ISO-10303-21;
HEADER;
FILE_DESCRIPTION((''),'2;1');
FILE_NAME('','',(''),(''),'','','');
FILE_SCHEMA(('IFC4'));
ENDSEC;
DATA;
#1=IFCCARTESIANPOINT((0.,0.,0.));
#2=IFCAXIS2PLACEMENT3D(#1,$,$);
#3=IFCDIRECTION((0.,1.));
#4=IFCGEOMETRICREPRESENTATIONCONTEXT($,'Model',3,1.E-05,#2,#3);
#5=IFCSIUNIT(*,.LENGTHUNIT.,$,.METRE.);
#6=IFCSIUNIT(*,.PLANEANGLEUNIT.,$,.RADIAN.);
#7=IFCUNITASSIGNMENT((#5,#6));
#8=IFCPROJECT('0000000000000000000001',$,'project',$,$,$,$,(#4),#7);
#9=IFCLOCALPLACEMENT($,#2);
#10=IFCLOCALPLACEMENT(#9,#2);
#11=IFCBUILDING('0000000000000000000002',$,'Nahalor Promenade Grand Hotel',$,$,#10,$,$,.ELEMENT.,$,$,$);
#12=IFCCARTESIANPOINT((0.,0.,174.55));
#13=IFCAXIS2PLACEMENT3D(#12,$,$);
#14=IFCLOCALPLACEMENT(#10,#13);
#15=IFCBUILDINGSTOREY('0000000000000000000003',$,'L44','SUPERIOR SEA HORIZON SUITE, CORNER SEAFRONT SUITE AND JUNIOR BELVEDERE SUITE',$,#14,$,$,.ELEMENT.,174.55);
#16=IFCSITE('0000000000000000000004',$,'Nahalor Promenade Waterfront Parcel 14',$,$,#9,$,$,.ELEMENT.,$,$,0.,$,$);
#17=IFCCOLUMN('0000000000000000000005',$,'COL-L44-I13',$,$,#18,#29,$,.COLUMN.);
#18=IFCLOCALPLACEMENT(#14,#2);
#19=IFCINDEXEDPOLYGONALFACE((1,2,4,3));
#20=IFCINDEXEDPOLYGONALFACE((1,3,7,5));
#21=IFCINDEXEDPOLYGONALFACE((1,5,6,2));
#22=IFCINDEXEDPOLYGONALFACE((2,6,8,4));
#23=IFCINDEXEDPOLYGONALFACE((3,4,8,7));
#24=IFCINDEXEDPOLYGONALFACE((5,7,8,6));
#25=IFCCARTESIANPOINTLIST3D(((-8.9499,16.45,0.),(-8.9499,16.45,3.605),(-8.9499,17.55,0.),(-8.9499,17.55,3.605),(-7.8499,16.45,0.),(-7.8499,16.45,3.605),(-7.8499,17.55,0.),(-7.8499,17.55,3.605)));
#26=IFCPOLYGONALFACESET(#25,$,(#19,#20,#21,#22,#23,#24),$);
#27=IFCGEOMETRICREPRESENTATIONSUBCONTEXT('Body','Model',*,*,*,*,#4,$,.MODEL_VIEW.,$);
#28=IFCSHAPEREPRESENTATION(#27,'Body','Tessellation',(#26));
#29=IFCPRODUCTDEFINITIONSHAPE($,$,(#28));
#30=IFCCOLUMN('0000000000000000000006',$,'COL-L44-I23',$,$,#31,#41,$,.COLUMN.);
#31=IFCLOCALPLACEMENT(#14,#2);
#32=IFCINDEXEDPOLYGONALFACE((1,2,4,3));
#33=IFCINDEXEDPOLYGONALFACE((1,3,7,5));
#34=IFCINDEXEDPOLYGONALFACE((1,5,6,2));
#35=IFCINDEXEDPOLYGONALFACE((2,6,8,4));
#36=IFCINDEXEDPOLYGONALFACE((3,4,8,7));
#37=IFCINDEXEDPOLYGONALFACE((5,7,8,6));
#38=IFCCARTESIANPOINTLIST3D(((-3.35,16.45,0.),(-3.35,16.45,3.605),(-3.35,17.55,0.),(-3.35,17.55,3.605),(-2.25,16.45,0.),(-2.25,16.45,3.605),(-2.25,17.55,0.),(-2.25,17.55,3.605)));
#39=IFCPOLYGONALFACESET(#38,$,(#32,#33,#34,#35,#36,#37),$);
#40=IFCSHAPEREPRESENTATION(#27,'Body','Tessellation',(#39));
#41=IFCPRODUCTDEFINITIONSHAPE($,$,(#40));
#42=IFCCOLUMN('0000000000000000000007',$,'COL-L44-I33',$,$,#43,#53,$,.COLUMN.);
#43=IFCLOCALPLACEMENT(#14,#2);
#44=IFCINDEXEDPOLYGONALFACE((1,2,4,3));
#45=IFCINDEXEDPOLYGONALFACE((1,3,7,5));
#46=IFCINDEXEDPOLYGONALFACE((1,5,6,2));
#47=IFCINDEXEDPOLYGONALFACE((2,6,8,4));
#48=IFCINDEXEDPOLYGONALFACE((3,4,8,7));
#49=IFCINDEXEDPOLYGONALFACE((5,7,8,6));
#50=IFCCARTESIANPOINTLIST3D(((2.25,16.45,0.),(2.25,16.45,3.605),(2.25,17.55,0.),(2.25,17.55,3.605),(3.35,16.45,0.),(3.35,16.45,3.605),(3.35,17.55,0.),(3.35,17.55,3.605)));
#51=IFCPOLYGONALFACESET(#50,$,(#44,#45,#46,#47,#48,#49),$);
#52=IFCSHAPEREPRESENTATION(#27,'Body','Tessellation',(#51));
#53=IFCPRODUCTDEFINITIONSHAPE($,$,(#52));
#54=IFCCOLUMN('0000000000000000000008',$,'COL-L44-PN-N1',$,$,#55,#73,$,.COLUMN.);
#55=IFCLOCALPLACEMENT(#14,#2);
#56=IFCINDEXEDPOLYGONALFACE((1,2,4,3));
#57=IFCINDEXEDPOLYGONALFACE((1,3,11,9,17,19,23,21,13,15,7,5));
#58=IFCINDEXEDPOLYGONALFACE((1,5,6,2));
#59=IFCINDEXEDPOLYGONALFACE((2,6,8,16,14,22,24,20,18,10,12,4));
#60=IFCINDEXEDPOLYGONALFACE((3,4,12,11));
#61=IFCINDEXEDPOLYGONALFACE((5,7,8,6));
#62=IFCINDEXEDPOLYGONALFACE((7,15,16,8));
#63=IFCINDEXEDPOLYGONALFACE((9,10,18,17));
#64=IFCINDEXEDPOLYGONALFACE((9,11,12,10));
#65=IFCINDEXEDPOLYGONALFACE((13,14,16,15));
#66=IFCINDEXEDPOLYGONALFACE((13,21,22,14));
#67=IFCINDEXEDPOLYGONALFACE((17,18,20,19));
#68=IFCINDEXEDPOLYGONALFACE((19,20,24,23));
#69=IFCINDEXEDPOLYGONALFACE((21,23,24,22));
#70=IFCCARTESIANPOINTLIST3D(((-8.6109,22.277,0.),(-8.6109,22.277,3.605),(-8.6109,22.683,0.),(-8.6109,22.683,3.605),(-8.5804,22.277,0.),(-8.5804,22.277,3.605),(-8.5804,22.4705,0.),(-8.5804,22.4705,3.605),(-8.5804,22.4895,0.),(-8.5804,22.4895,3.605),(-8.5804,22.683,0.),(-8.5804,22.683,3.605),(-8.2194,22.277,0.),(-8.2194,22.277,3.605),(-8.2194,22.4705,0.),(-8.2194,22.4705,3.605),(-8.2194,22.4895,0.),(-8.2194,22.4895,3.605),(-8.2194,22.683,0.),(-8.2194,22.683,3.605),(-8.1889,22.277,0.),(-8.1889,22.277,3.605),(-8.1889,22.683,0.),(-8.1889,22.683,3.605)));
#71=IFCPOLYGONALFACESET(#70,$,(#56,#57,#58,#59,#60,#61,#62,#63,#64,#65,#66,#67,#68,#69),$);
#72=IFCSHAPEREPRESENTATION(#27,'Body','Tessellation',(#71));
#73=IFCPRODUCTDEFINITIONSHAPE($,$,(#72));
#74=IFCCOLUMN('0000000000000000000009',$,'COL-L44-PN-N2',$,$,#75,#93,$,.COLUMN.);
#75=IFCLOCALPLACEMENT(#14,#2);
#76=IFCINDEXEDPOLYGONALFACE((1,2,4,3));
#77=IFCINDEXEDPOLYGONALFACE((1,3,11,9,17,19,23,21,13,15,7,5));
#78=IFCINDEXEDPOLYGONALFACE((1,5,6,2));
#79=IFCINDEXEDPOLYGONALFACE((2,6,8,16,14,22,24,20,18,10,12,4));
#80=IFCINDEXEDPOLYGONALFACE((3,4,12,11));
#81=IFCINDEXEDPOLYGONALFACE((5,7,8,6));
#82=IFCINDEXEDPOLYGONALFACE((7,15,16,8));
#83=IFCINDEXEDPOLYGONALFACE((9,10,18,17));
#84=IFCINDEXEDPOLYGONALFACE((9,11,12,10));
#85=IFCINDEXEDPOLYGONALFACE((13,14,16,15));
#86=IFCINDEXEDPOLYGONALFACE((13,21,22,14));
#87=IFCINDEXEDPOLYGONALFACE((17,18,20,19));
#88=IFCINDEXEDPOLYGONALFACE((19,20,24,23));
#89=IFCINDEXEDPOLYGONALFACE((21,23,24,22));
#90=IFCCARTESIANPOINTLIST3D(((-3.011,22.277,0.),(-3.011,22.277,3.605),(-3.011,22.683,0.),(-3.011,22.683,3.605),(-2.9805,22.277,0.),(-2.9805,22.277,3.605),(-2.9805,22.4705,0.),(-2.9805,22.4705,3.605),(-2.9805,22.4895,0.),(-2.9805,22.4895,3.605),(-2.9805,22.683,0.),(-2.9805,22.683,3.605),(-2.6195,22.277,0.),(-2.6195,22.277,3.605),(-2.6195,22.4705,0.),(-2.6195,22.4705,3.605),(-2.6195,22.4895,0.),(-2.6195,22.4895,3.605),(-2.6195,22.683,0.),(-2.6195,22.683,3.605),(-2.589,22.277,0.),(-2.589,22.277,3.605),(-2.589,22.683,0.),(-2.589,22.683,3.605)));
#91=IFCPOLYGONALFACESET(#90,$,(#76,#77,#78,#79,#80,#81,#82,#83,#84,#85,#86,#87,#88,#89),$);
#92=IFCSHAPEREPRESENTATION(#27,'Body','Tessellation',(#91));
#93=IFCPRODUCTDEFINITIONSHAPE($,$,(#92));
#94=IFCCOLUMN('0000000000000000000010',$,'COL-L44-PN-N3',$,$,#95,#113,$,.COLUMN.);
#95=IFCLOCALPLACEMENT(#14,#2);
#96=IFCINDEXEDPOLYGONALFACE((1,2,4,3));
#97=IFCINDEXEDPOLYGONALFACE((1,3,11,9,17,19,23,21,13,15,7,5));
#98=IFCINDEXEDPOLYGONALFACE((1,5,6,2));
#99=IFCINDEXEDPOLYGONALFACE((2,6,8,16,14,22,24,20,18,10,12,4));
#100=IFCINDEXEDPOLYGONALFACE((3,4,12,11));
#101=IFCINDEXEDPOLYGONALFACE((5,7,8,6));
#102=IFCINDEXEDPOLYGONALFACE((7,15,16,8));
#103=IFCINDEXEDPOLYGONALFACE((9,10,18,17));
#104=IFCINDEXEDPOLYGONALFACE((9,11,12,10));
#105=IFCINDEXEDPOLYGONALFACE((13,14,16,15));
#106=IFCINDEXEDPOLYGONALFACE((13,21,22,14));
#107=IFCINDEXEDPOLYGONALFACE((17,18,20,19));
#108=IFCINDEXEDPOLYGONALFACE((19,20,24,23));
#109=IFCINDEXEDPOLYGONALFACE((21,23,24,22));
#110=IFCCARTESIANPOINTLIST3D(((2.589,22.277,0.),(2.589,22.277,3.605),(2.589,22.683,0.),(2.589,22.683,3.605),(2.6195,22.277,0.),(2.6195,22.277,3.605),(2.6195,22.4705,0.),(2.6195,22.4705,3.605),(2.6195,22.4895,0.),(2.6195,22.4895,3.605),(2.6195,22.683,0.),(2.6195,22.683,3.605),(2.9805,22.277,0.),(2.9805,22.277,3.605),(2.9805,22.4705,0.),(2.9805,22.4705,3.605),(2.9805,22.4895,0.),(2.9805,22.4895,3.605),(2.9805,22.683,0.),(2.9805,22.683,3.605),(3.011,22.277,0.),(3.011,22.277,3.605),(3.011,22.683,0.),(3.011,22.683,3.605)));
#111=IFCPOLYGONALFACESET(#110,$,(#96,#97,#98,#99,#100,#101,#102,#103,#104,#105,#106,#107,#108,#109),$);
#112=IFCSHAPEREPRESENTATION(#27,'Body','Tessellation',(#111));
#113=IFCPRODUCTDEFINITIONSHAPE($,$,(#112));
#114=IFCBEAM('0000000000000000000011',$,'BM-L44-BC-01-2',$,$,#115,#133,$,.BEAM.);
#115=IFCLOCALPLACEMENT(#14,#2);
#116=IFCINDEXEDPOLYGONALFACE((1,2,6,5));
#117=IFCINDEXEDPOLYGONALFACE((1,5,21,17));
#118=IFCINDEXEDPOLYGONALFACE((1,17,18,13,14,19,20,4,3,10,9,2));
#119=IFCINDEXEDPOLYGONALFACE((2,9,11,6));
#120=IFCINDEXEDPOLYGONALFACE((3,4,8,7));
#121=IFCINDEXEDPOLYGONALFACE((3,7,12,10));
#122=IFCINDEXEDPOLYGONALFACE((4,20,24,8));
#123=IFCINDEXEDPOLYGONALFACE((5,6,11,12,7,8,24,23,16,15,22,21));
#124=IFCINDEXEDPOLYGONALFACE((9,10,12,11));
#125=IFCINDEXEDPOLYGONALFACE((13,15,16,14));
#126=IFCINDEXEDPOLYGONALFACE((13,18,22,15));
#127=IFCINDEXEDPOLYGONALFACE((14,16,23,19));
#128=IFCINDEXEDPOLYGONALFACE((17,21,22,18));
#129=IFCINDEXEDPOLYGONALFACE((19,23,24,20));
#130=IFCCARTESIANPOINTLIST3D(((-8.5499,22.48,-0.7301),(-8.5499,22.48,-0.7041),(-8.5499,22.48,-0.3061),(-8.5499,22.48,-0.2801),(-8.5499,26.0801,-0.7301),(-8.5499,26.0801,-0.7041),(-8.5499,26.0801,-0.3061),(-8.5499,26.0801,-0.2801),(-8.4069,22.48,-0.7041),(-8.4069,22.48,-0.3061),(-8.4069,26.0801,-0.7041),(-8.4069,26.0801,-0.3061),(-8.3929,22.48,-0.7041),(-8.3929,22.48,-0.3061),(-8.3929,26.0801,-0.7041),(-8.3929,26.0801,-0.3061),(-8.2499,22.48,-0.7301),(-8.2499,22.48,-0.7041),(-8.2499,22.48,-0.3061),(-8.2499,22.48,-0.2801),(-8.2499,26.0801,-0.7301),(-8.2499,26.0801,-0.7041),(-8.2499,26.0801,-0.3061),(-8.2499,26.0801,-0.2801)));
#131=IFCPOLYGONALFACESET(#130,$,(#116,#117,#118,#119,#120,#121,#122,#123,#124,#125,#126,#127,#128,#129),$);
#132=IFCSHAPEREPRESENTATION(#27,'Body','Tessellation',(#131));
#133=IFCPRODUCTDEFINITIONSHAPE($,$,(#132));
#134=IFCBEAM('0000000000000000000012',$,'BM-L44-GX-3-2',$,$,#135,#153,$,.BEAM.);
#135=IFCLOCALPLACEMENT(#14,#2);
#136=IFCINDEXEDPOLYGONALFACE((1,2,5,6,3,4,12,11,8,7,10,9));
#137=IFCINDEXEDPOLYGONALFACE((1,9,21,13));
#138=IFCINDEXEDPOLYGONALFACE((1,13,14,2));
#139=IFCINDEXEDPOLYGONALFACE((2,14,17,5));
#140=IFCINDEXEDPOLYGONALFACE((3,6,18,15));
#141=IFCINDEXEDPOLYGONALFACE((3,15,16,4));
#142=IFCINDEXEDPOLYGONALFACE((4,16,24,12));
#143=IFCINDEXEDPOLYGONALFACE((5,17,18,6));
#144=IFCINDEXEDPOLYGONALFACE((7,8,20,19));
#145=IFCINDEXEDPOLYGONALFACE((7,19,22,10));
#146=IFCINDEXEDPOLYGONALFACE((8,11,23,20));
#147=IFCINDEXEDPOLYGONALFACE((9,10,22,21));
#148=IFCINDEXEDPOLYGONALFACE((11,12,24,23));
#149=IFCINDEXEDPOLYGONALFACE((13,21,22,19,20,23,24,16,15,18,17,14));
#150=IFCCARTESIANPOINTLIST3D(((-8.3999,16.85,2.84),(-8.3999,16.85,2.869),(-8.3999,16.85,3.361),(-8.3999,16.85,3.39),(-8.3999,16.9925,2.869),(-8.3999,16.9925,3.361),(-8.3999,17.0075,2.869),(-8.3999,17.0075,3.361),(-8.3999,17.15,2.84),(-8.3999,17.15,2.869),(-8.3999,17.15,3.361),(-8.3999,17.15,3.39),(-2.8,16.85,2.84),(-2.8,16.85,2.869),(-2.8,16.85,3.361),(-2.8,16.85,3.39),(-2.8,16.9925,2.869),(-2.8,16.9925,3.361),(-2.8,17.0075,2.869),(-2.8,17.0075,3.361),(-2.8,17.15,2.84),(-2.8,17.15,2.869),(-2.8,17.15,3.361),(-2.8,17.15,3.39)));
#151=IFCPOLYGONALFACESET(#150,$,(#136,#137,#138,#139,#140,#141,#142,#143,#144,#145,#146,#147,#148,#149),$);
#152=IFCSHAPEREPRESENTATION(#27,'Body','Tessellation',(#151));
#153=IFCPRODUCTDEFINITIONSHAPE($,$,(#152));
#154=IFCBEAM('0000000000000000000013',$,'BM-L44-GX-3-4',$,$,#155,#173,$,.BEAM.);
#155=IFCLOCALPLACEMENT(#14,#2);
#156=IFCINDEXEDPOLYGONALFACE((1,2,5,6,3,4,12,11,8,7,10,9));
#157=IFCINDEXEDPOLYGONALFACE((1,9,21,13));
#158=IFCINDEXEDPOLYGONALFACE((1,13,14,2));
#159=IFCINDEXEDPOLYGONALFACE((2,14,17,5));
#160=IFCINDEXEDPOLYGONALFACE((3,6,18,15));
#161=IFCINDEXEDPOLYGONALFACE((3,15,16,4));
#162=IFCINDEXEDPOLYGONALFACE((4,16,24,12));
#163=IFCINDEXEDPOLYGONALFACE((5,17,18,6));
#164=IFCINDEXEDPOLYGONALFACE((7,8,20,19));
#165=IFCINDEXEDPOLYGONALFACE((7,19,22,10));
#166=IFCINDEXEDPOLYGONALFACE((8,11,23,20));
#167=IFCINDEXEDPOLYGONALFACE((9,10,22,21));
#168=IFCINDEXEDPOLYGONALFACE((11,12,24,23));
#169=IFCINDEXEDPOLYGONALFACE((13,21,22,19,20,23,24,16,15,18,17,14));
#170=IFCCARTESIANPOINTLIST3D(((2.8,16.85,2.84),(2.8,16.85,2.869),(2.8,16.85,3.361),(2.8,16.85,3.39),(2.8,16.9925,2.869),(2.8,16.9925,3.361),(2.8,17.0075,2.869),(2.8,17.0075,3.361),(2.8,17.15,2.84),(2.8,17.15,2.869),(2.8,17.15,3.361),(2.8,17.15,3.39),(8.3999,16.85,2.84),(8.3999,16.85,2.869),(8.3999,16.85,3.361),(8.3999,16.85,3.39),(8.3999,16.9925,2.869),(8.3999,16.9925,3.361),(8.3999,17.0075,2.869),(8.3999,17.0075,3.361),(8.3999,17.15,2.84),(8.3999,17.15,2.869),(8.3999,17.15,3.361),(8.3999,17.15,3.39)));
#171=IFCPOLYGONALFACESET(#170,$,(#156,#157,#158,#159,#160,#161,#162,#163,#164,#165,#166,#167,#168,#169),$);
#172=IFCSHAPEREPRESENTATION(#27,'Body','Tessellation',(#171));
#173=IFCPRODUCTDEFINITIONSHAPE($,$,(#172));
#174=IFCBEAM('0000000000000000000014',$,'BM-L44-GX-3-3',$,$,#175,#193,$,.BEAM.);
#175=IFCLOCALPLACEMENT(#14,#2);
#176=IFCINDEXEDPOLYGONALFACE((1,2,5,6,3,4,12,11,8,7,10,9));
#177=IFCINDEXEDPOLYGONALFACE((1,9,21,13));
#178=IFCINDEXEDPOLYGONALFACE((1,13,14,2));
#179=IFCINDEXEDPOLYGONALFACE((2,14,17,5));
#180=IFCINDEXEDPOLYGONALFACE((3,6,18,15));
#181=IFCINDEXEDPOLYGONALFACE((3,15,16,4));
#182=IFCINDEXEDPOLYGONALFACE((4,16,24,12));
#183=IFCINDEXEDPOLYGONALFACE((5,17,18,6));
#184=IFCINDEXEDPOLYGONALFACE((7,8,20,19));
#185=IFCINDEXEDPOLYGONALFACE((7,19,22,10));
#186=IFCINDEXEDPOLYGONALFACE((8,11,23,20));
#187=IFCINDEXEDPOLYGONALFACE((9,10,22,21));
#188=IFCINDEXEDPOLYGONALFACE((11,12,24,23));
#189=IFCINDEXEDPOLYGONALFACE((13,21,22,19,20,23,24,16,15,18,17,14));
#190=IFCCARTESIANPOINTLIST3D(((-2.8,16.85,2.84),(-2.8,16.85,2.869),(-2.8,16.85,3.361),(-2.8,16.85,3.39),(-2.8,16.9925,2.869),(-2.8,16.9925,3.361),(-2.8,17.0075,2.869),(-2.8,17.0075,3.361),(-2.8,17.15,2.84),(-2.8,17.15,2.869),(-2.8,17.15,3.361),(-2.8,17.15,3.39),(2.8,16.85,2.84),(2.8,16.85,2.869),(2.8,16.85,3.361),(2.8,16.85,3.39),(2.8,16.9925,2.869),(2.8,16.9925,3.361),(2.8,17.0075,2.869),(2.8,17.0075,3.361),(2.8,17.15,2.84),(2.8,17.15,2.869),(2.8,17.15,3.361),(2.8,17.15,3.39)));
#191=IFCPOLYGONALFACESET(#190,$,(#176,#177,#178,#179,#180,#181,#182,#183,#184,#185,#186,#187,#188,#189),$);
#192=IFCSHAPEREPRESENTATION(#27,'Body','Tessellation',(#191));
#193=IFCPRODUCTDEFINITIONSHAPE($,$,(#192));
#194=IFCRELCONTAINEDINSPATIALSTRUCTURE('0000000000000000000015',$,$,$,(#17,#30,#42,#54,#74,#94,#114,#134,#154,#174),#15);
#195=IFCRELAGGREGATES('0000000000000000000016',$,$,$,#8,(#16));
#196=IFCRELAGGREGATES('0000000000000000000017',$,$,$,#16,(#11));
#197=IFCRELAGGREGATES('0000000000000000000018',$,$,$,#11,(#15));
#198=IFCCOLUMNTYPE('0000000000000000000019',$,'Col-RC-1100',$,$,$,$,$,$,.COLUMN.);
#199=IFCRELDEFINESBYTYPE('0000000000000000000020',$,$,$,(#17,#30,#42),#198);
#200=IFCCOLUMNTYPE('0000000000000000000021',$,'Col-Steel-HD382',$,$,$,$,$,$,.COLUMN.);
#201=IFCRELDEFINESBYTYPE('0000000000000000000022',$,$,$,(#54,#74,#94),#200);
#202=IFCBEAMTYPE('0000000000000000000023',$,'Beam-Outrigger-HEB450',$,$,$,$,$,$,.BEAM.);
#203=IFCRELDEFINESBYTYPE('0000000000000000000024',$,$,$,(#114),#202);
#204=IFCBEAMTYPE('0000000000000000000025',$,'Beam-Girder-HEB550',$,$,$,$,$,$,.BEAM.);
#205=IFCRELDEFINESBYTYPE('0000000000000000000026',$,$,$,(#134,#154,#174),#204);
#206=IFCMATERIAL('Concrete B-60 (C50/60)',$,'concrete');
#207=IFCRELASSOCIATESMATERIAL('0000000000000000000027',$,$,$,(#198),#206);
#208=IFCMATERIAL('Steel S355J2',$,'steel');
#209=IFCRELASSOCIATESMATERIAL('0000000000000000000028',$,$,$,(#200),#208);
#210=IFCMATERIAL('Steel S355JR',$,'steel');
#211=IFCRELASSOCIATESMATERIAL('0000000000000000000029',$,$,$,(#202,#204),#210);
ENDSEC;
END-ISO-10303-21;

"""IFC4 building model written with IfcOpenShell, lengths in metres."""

from ifc_helpers import new_model, si_unit, direction, frame, origin, origin_2d, place, context, subcontext, project, spatial, rectangle, i_section, extrude, source, transform, mapped, material, material_profile, profile_set, type_object, element, save


model = new_model("IFC4")

# Units and contexts
model_context = context("Model", 3, precision=1e-05, world=origin(), true_north=direction((0.0, 1.0)))
body_context = subcontext(model_context, "Body", "Model", "MODEL_VIEW")
ifc_project = project(units=[si_unit("LENGTHUNIT", "METRE"), si_unit("PLANEANGLEUNIT", "RADIAN")], contexts=[model_context])

# Site, building, storey
site_placement = place(None, origin())
site = spatial("IfcSite", under=ifc_project, at=site_placement, Name="Nahalor Promenade Waterfront Parcel 14", CompositionType="ELEMENT", RefElevation=0.0)
building_placement = place(site_placement, origin())
building = spatial("IfcBuilding", under=site, at=building_placement, Name="Nahalor Promenade Grand Hotel", CompositionType="ELEMENT")
storey_placement = place(building_placement, frame((0.0, 0.0, 174.55)))
storey = spatial("IfcBuildingStorey", under=building, at=storey_placement, Name="L44", Description="SUPERIOR SEA HORIZON SUITE, CORNER SEAFRONT SUITE AND JUNIOR BELVEDERE SUITE", CompositionType="ELEMENT", Elevation=174.55)

# Columns
ifc_material_1 = material(Name="Concrete B-60 (C50/60)", Category="concrete")
ifc_material_profile_1 = material_profile(ifc_material_1, rectangle(XDim=1.1, YDim=1.1, at=origin_2d()), Name="RC 1100x1100")
ifc_profile_set_1 = profile_set([ifc_material_profile_1], Name="Concrete B-60 (C50/60)")
column_type_1 = type_object("IfcColumnType", Name="Col-RC-1100", PredefinedType="COLUMN", material=ifc_profile_set_1)
shared_shape_1 = source(origin(), body_context, "Body", "SweptSolid", [
    extrude(rectangle(XDim=1.1, YDim=1.1, at=origin_2d()), origin(), (0.0, 0.0, 1.0), 3.605),
])
for number, where, z_axis, x_axis, name in (
    (1, (-8.3999, 17.0, 0.0), (0.0, 0.0, 1.0), (1.0, 0.0, 0.0), "COL-L44-I13"),
    (2, (-2.8, 17.0, 0.0), (0.0, 0.0, 1.0), (1.0, 0.0, 0.0), "COL-L44-I23"),
    (3, (2.8, 17.0, 0.0), (0.0, 0.0, 1.0), (1.0, 0.0, 0.0), "COL-L44-I33"),
):
    element("IfcColumn", number, at=place(storey_placement, frame(where, z_axis=z_axis, x_axis=x_axis)), inside=storey, type_object=column_type_1, Name=name, PredefinedType="COLUMN", context=body_context, shape_type="MappedRepresentation", body=[
        mapped(shared_shape_1, transform((0.0, 0.0, 0.0), scale=1.0)),
    ])
ifc_material_2 = material(Name="Steel S355J2", Category="steel")
ifc_material_profile_2 = material_profile(ifc_material_2, i_section(OverallWidth=0.406, OverallDepth=0.422, WebThickness=0.019, FlangeThickness=0.0305, at=origin_2d()), Name="HD 400x382")
ifc_profile_set_2 = profile_set([ifc_material_profile_2], Name="Steel S355J2")
column_type_2 = type_object("IfcColumnType", Name="Col-Steel-HD382", PredefinedType="COLUMN", material=ifc_profile_set_2)
shared_shape_2 = source(origin(), body_context, "Body", "SweptSolid", [
    extrude(i_section(OverallWidth=0.406, OverallDepth=0.422, WebThickness=0.019, FlangeThickness=0.0305, at=origin_2d()), origin(), (0.0, 0.0, 1.0), 3.605),
])
for number, where, z_axis, x_axis, name in (
    (4, (-8.3999, 22.48, 0.0), (0.0, 0.0, 1.0), (0.0, 1.0, 0.0), "COL-L44-PN-N1"),
    (5, (-2.8, 22.48, 0.0), (0.0, 0.0, 1.0), (0.0, 1.0, 0.0), "COL-L44-PN-N2"),
    (6, (2.8, 22.48, 0.0), (0.0, 0.0, 1.0), (0.0, 1.0, 0.0), "COL-L44-PN-N3"),
):
    element("IfcColumn", number, at=place(storey_placement, frame(where, z_axis=z_axis, x_axis=x_axis)), inside=storey, type_object=column_type_2, Name=name, PredefinedType="COLUMN", context=body_context, shape_type="MappedRepresentation", body=[
        mapped(shared_shape_2, transform((0.0, 0.0, 0.0), scale=1.0)),
    ])

# Beams
ifc_material_3 = material(Name="Steel S355JR", Category="steel")
ifc_material_profile_3 = material_profile(ifc_material_3, i_section(OverallWidth=0.3, OverallDepth=0.45, WebThickness=0.014, FlangeThickness=0.026, at=origin_2d()), Name="HEB 450")
ifc_profile_set_3 = profile_set([ifc_material_profile_3], Name="Steel S355JR")
beam_type_1 = type_object("IfcBeamType", Name="Beam-Outrigger-HEB450", PredefinedType="BEAM", material=ifc_profile_set_3)
shared_shape_3 = source(origin(), body_context, "Body", "SweptSolid", [
    extrude(i_section(OverallWidth=0.3, OverallDepth=0.45, WebThickness=0.014, FlangeThickness=0.026, at=origin_2d()), origin(), (0.0, 0.0, 1.0), 3.6001),
])
beam_1_placement = place(storey_placement, frame((-8.3999, 22.48, -0.5051), z_axis=(0.0, 1.0, 0.0), x_axis=(-1.0, 0.0, 0.0)))
element("IfcBeam", 7, at=beam_1_placement, inside=storey, type_object=beam_type_1, Name="BM-L44-BC-01-2", PredefinedType="BEAM", context=body_context, shape_type="MappedRepresentation", body=[
    mapped(shared_shape_3, transform((0.0, 0.0, 0.0), scale=1.0)),
])
ifc_material_profile_4 = material_profile(ifc_material_3, i_section(OverallWidth=0.3, OverallDepth=0.55, WebThickness=0.015, FlangeThickness=0.029, at=origin_2d()), Name="HEB 550")
ifc_profile_set_4 = profile_set([ifc_material_profile_4], Name="Steel S355JR")
beam_type_2 = type_object("IfcBeamType", Name="Beam-Girder-HEB550", PredefinedType="BEAM", material=ifc_profile_set_4)
shared_shape_4 = source(origin(), body_context, "Body", "SweptSolid", [
    extrude(i_section(OverallWidth=0.3, OverallDepth=0.55, WebThickness=0.015, FlangeThickness=0.029, at=origin_2d()), origin(), (0.0, 0.0, 1.0), 5.5999),
])
for number, where, z_axis, x_axis, name in (
    (8, (-8.3999, 17.0, 3.115), (1.0, 0.0, 0.0), (0.0, 1.0, 0.0), "BM-L44-GX-3-2"),
    (9, (2.8, 17.0, 3.115), (1.0, 0.0, 0.0), (0.0, 1.0, 0.0), "BM-L44-GX-3-4"),
):
    element("IfcBeam", number, at=place(storey_placement, frame(where, z_axis=z_axis, x_axis=x_axis)), inside=storey, type_object=beam_type_2, Name=name, PredefinedType="BEAM", context=body_context, shape_type="MappedRepresentation", body=[
        mapped(shared_shape_4, transform((0.0, 0.0, 0.0), scale=1.0)),
    ])
shared_shape_5 = source(origin(), body_context, "Body", "SweptSolid", [
    extrude(i_section(OverallWidth=0.3, OverallDepth=0.55, WebThickness=0.015, FlangeThickness=0.029, at=origin_2d()), origin(), (0.0, 0.0, 1.0), 5.6001),
])
beam_2_placement = place(storey_placement, frame((-2.8, 17.0, 3.115), z_axis=(1.0, 0.0, 0.0), x_axis=(0.0, 1.0, 0.0)))
element("IfcBeam", 10, at=beam_2_placement, inside=storey, type_object=beam_type_2, Name="BM-L44-GX-3-3", PredefinedType="BEAM", context=body_context, shape_type="MappedRepresentation", body=[
    mapped(shared_shape_5, transform((0.0, 0.0, 0.0), scale=1.0)),
])

save(model, "model.ifc")
